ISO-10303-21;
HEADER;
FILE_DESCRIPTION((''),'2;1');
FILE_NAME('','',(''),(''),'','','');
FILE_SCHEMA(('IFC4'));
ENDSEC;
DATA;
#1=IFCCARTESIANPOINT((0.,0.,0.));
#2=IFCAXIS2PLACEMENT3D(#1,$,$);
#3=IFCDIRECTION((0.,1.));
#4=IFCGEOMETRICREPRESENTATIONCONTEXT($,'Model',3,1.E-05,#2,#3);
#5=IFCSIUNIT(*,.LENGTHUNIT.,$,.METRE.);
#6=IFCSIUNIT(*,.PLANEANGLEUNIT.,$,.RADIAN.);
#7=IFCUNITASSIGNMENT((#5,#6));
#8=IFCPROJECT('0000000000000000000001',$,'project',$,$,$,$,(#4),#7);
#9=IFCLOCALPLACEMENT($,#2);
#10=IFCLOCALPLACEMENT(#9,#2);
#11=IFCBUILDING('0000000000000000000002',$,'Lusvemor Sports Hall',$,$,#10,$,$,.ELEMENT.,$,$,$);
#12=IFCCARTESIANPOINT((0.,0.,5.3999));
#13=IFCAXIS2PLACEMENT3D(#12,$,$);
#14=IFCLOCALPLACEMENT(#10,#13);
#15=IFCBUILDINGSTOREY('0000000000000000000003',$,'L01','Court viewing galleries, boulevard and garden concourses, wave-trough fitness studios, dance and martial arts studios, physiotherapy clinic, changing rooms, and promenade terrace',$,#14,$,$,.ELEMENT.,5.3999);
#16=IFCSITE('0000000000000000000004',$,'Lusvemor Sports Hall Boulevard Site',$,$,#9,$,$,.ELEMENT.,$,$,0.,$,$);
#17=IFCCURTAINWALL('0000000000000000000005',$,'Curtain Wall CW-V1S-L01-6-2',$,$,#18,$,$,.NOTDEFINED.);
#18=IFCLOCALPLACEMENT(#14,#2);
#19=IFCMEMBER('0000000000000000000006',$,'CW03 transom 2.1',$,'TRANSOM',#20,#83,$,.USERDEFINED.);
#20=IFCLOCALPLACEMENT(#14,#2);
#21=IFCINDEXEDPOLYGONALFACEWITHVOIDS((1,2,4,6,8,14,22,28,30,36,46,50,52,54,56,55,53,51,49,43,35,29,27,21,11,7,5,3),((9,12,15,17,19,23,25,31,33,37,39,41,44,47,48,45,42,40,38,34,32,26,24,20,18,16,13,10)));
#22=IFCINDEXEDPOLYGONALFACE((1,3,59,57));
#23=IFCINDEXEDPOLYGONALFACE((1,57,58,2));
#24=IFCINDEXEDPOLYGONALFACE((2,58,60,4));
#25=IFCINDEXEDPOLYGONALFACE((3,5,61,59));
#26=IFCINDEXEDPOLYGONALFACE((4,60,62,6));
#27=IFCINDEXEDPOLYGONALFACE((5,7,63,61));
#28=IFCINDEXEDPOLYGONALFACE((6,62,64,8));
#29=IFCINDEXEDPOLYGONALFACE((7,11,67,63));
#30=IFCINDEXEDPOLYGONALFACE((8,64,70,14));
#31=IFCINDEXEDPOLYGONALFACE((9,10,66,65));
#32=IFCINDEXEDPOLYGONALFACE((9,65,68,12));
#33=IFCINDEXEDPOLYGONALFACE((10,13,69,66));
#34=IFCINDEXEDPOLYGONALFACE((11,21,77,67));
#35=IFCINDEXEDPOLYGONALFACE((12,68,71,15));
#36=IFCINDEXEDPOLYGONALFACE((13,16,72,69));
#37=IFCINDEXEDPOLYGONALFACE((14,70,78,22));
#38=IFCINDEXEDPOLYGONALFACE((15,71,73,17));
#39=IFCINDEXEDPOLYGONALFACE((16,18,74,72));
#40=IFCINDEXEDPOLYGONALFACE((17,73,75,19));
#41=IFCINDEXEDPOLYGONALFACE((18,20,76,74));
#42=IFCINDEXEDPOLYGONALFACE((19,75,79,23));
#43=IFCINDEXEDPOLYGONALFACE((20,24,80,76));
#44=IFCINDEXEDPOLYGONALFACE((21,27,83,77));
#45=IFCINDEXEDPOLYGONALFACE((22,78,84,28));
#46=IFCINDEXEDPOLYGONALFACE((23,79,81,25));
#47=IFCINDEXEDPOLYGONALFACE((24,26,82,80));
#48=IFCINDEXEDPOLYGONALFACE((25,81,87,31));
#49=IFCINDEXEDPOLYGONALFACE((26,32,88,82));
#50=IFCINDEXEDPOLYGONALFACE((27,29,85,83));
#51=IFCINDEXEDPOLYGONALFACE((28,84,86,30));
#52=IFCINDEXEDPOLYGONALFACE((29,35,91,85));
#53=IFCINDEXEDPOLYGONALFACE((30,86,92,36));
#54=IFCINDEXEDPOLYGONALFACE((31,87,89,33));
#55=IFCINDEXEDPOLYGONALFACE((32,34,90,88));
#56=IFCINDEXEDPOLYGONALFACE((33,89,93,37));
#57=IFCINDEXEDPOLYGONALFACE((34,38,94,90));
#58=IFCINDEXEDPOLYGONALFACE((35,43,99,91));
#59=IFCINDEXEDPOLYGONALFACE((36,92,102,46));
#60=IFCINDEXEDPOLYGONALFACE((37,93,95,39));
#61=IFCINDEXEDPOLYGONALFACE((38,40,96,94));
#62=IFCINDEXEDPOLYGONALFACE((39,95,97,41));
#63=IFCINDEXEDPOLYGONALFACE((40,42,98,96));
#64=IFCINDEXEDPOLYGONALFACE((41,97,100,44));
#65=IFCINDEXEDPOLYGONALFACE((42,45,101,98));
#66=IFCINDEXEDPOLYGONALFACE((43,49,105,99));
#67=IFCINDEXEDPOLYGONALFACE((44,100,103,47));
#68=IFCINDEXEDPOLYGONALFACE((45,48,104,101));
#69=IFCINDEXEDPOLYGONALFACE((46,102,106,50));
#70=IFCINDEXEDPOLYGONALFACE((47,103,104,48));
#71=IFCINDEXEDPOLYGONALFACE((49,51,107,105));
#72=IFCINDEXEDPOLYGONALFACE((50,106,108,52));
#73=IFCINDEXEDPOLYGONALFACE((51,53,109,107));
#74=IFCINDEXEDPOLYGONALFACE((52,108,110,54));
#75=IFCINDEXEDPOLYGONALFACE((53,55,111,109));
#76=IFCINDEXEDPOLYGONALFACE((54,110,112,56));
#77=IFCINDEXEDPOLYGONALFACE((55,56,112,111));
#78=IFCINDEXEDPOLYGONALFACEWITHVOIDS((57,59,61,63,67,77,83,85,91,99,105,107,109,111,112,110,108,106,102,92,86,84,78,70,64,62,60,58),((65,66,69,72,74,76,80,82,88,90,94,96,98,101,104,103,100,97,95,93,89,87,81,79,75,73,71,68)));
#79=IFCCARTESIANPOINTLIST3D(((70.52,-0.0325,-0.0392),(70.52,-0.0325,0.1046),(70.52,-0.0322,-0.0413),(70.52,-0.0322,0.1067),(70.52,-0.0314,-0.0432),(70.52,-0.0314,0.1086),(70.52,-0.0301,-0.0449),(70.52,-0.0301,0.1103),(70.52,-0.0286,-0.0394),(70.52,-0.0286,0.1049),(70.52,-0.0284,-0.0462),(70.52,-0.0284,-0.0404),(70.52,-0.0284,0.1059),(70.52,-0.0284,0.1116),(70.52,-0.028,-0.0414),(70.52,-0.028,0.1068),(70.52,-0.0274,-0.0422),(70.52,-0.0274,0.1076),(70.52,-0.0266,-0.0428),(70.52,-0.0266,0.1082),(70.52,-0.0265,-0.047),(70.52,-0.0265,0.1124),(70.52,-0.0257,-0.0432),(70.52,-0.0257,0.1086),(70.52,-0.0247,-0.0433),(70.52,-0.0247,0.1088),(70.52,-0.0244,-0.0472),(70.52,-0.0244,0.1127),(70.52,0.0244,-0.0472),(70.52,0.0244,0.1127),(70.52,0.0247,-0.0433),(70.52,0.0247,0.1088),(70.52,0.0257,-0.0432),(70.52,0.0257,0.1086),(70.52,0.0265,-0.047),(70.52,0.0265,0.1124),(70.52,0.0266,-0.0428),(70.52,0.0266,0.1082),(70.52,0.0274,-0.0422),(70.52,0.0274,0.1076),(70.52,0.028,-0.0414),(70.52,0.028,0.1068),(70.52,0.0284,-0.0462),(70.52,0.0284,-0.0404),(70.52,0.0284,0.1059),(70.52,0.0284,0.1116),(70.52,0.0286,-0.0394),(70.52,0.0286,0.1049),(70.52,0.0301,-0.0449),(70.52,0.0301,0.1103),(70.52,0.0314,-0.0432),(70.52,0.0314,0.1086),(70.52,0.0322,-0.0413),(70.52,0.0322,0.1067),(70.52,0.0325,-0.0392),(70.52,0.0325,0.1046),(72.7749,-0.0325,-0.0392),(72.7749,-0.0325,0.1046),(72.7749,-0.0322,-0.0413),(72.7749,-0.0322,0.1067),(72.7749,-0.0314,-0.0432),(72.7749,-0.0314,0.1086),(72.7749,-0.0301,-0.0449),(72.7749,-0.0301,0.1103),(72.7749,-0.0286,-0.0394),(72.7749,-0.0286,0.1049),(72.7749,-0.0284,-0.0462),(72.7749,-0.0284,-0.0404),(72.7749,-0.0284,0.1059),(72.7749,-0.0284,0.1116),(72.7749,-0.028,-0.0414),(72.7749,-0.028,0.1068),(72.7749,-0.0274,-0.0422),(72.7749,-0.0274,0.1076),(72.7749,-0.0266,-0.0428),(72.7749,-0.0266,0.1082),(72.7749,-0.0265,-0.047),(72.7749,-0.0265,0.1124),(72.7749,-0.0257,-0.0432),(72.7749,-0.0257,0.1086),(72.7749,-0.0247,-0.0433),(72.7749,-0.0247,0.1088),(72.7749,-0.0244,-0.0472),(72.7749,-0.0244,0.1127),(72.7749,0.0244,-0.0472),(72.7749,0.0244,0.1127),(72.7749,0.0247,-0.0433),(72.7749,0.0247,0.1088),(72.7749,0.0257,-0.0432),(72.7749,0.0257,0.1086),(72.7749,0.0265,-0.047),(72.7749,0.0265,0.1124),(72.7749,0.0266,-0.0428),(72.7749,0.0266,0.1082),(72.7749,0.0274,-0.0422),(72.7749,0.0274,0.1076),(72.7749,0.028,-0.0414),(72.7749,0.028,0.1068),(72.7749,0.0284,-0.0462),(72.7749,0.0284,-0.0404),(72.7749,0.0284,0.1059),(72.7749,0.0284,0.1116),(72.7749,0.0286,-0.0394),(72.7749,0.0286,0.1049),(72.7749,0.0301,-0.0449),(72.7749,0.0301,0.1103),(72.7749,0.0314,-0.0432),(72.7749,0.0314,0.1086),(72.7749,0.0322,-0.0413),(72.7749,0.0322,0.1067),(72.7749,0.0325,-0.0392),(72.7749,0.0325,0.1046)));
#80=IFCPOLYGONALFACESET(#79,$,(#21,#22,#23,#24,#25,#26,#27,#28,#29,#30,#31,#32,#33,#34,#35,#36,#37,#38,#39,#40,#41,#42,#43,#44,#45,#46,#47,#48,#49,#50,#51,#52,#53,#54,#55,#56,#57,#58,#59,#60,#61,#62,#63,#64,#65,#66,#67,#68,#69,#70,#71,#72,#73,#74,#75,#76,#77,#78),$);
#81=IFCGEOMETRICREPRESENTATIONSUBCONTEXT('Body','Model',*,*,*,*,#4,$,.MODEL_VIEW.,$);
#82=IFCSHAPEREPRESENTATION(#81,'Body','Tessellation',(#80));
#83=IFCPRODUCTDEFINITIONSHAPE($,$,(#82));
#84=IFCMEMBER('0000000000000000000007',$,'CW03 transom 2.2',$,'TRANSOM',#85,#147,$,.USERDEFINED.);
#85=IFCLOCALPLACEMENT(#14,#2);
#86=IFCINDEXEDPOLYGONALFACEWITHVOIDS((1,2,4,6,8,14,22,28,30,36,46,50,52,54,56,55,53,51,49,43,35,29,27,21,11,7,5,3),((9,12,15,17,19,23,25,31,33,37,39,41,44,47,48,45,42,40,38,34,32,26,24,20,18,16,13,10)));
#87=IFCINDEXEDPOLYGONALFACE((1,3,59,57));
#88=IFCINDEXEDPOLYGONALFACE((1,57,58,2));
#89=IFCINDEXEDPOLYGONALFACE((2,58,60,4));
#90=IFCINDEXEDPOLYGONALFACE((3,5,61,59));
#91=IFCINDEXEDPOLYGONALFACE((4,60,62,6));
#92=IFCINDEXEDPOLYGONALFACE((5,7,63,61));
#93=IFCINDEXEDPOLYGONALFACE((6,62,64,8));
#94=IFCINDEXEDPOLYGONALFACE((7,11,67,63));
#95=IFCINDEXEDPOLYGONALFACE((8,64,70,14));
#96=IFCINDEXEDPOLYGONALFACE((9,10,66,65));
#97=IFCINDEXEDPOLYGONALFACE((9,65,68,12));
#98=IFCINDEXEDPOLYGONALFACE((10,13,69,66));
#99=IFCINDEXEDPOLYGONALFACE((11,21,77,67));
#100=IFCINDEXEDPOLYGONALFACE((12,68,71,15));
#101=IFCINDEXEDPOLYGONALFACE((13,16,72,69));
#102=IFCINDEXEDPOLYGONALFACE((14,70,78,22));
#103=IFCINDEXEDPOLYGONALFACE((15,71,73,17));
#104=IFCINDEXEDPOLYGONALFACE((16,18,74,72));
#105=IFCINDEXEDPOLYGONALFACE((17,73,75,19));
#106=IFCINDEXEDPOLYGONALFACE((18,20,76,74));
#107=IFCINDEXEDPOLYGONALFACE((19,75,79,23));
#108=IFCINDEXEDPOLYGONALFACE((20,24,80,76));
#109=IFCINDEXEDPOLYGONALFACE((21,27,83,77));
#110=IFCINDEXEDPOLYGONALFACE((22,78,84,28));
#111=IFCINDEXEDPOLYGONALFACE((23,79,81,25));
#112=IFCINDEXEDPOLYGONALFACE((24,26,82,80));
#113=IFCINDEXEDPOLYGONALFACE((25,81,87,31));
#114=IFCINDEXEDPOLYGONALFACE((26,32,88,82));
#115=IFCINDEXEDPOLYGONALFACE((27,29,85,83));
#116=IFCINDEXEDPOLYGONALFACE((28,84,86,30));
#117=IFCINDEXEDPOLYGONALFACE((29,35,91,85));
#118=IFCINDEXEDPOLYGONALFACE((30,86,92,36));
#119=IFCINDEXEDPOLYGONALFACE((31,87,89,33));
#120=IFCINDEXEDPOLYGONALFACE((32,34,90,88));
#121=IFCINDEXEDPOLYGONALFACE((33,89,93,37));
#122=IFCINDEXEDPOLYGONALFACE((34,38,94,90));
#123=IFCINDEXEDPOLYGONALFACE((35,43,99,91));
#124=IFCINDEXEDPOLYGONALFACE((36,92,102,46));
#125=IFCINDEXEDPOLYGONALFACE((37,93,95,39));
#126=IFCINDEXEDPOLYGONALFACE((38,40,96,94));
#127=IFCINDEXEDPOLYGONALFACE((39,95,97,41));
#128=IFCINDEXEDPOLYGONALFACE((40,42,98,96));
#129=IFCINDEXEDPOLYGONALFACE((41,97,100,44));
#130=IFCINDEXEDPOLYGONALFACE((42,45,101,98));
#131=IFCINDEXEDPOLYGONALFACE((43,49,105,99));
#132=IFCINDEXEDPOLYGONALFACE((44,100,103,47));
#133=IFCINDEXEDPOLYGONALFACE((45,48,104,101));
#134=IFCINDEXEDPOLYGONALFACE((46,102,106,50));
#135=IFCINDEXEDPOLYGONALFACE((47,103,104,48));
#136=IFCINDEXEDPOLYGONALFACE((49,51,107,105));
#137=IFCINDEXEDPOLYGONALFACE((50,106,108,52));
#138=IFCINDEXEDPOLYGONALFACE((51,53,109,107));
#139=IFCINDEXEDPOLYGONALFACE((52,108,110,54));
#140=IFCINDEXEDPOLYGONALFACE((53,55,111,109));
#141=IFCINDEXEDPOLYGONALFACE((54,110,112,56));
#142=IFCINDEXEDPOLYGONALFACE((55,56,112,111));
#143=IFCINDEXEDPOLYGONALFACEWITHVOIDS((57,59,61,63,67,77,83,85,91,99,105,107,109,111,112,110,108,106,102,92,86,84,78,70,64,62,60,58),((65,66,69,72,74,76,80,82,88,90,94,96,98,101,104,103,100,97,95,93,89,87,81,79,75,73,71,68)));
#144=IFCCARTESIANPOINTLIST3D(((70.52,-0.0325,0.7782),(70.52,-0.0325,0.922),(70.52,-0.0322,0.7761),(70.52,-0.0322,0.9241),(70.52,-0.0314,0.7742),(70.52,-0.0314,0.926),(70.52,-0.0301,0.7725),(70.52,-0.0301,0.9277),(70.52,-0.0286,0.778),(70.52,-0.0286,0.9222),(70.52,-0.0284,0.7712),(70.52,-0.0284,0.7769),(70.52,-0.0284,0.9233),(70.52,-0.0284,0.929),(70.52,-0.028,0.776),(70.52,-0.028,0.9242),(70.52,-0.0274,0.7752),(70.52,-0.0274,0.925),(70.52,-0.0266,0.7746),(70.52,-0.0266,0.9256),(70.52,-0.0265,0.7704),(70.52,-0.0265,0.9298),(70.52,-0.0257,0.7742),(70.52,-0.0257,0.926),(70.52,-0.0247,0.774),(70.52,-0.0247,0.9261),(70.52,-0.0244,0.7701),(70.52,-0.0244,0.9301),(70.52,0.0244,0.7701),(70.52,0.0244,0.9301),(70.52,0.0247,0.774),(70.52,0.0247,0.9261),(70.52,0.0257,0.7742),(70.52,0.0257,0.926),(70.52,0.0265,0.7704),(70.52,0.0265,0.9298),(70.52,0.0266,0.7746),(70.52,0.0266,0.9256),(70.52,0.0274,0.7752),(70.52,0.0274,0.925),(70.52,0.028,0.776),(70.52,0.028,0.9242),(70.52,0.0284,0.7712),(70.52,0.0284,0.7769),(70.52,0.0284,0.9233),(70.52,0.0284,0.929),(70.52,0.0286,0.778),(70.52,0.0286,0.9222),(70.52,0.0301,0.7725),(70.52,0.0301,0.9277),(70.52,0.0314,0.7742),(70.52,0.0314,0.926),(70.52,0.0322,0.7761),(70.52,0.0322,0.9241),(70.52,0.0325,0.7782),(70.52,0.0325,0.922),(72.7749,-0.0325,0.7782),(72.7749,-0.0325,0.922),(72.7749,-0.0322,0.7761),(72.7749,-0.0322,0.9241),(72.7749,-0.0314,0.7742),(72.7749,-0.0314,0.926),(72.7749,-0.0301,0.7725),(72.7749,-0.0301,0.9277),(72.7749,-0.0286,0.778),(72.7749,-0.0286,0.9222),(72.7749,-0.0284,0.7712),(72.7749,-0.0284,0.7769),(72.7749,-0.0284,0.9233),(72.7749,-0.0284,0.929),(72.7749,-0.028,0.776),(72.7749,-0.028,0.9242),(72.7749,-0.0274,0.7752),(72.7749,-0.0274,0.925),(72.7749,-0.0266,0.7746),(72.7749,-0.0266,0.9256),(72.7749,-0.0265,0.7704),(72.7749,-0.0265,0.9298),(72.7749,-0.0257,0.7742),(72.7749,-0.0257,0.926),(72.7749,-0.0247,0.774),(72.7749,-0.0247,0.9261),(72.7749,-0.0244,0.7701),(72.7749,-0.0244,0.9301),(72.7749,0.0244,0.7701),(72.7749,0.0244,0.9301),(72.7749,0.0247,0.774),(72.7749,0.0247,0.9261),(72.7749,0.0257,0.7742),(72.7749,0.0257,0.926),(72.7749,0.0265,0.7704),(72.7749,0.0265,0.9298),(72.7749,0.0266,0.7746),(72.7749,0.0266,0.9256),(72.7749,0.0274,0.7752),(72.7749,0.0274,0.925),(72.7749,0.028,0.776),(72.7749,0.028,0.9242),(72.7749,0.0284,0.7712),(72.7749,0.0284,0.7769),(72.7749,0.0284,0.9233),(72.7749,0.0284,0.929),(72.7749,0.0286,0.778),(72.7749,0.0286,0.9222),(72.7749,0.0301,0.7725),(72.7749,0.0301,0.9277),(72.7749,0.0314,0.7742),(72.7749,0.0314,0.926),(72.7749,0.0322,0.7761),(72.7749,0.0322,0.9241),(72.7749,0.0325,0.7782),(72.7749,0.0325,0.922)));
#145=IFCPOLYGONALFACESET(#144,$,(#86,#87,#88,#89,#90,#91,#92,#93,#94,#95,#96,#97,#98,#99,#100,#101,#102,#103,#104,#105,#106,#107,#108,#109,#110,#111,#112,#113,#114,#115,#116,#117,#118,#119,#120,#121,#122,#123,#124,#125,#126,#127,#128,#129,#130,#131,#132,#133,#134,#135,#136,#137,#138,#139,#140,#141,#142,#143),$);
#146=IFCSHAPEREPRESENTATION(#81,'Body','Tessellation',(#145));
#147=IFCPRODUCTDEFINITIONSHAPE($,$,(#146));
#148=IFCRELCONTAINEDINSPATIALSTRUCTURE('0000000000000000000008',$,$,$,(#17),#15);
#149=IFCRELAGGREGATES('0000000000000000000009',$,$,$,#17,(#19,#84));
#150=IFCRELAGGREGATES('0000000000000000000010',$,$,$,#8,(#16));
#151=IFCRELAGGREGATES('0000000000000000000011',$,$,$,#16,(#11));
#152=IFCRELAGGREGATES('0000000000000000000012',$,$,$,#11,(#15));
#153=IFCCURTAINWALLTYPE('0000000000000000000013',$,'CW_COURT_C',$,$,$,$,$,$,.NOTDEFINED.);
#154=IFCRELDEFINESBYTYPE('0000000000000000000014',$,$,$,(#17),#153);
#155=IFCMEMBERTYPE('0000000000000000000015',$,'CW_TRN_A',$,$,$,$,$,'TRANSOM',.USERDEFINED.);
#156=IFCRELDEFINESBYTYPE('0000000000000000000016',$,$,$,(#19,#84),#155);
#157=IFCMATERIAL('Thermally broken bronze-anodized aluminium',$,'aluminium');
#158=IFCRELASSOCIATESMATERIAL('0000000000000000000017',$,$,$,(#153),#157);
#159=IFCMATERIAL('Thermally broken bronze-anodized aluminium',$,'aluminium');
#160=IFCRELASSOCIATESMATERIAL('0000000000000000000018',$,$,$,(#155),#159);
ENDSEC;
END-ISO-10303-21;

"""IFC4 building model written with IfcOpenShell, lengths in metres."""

from ifc_helpers import new_model, si_unit, direction, frame, origin, origin_2d, place, context, subcontext, project, spatial, hollow_rectangle, extrude, material, material_profile, profile_set, type_object, element, aggregate, save


model = new_model("IFC4")

# Units and contexts
model_context = context("Model", 3, precision=1e-05, world=origin(), true_north=direction((0.0, 1.0)))
body_context = subcontext(model_context, "Body", "Model", "MODEL_VIEW")
ifc_project = project(units=[si_unit("LENGTHUNIT", "METRE"), si_unit("PLANEANGLEUNIT", "RADIAN")], contexts=[model_context])

# Site, building, storey
site_placement = place(None, origin())
site = spatial("IfcSite", under=ifc_project, at=site_placement, Name="Lusvemor Sports Hall Boulevard Site", CompositionType="ELEMENT", RefElevation=0.0)
building_placement = place(site_placement, origin())
building = spatial("IfcBuilding", under=site, at=building_placement, Name="Lusvemor Sports Hall", CompositionType="ELEMENT")
storey_placement = place(building_placement, frame((0.0, 0.0, 5.3999)))
storey = spatial("IfcBuildingStorey", under=building, at=storey_placement, Name="L01", Description="Court viewing galleries, boulevard and garden concourses, wave-trough fitness studios, dance and martial arts studios, physiotherapy clinic, changing rooms, and promenade terrace", CompositionType="ELEMENT", Elevation=5.3999)

# Curtain wall, members
ifc_material_1 = material(Name="Thermally broken bronze-anodized aluminium", Category="aluminium")
curtain_wall_type = type_object("IfcCurtainWallType", Name="CW_COURT_C", PredefinedType="NOTDEFINED", material=ifc_material_1)
curtain_wall_placement = place(storey_placement, origin())
curtain_wall = element("IfcCurtainWall", 1, at=curtain_wall_placement, inside=storey, type_object=curtain_wall_type, Name="Curtain Wall CW-V1S-L01-6-2", PredefinedType="NOTDEFINED")
ifc_material_2 = material(Name="Thermally broken bronze-anodized aluminium", Category="aluminium")
ifc_material_profile_1 = material_profile(ifc_material_2, hollow_rectangle(XDim=0.0649, YDim=0.1599, WallThickness=0.0039, InnerFilletRadius=0.0039, OuterFilletRadius=0.0081, at=origin_2d()), Name="CWTRN160x65x4")
ifc_profile_set_1 = profile_set([ifc_material_profile_1], Name="Thermally broken bronze-anodized aluminium")
member_type_1 = type_object("IfcMemberType", Name="CW_TRN_A", ElementType="TRANSOM", PredefinedType="USERDEFINED", material=ifc_profile_set_1)
member_1_placement = place(storey_placement, frame((72.7749, 0.0, 0.0327), z_axis=(-1.0, 0.0, 0.0), x_axis=(0.0, -1.0, 0.0)))
member_1 = element("IfcMember", 2, at=member_1_placement, type_object=member_type_1, Name="CW03 transom 2.1", ObjectType="TRANSOM", PredefinedType="USERDEFINED", context=body_context, shape_type="SweptSolid", body=[
    extrude(hollow_rectangle(XDim=0.0649, YDim=0.1599, WallThickness=0.0039, InnerFilletRadius=0.0039, OuterFilletRadius=0.0081, at=origin_2d()), origin(), (0.0, 0.0, 1.0), 2.2549),
])
member_2_placement = place(storey_placement, frame((72.7749, 0.0, 0.8501), z_axis=(-1.0, 0.0, 0.0), x_axis=(0.0, -1.0, 0.0)))
member_2 = element("IfcMember", 3, at=member_2_placement, type_object=member_type_1, Name="CW03 transom 2.2", ObjectType="TRANSOM", PredefinedType="USERDEFINED", context=body_context, shape_type="SweptSolid", body=[
    extrude(hollow_rectangle(XDim=0.0649, YDim=0.1599, WallThickness=0.0039, InnerFilletRadius=0.0039, OuterFilletRadius=0.0081, at=origin_2d()), origin(), (0.0, 0.0, 1.0), 2.2549),
])

aggregate(curtain_wall, [member_1, member_2])

save(model, "model.ifc")
